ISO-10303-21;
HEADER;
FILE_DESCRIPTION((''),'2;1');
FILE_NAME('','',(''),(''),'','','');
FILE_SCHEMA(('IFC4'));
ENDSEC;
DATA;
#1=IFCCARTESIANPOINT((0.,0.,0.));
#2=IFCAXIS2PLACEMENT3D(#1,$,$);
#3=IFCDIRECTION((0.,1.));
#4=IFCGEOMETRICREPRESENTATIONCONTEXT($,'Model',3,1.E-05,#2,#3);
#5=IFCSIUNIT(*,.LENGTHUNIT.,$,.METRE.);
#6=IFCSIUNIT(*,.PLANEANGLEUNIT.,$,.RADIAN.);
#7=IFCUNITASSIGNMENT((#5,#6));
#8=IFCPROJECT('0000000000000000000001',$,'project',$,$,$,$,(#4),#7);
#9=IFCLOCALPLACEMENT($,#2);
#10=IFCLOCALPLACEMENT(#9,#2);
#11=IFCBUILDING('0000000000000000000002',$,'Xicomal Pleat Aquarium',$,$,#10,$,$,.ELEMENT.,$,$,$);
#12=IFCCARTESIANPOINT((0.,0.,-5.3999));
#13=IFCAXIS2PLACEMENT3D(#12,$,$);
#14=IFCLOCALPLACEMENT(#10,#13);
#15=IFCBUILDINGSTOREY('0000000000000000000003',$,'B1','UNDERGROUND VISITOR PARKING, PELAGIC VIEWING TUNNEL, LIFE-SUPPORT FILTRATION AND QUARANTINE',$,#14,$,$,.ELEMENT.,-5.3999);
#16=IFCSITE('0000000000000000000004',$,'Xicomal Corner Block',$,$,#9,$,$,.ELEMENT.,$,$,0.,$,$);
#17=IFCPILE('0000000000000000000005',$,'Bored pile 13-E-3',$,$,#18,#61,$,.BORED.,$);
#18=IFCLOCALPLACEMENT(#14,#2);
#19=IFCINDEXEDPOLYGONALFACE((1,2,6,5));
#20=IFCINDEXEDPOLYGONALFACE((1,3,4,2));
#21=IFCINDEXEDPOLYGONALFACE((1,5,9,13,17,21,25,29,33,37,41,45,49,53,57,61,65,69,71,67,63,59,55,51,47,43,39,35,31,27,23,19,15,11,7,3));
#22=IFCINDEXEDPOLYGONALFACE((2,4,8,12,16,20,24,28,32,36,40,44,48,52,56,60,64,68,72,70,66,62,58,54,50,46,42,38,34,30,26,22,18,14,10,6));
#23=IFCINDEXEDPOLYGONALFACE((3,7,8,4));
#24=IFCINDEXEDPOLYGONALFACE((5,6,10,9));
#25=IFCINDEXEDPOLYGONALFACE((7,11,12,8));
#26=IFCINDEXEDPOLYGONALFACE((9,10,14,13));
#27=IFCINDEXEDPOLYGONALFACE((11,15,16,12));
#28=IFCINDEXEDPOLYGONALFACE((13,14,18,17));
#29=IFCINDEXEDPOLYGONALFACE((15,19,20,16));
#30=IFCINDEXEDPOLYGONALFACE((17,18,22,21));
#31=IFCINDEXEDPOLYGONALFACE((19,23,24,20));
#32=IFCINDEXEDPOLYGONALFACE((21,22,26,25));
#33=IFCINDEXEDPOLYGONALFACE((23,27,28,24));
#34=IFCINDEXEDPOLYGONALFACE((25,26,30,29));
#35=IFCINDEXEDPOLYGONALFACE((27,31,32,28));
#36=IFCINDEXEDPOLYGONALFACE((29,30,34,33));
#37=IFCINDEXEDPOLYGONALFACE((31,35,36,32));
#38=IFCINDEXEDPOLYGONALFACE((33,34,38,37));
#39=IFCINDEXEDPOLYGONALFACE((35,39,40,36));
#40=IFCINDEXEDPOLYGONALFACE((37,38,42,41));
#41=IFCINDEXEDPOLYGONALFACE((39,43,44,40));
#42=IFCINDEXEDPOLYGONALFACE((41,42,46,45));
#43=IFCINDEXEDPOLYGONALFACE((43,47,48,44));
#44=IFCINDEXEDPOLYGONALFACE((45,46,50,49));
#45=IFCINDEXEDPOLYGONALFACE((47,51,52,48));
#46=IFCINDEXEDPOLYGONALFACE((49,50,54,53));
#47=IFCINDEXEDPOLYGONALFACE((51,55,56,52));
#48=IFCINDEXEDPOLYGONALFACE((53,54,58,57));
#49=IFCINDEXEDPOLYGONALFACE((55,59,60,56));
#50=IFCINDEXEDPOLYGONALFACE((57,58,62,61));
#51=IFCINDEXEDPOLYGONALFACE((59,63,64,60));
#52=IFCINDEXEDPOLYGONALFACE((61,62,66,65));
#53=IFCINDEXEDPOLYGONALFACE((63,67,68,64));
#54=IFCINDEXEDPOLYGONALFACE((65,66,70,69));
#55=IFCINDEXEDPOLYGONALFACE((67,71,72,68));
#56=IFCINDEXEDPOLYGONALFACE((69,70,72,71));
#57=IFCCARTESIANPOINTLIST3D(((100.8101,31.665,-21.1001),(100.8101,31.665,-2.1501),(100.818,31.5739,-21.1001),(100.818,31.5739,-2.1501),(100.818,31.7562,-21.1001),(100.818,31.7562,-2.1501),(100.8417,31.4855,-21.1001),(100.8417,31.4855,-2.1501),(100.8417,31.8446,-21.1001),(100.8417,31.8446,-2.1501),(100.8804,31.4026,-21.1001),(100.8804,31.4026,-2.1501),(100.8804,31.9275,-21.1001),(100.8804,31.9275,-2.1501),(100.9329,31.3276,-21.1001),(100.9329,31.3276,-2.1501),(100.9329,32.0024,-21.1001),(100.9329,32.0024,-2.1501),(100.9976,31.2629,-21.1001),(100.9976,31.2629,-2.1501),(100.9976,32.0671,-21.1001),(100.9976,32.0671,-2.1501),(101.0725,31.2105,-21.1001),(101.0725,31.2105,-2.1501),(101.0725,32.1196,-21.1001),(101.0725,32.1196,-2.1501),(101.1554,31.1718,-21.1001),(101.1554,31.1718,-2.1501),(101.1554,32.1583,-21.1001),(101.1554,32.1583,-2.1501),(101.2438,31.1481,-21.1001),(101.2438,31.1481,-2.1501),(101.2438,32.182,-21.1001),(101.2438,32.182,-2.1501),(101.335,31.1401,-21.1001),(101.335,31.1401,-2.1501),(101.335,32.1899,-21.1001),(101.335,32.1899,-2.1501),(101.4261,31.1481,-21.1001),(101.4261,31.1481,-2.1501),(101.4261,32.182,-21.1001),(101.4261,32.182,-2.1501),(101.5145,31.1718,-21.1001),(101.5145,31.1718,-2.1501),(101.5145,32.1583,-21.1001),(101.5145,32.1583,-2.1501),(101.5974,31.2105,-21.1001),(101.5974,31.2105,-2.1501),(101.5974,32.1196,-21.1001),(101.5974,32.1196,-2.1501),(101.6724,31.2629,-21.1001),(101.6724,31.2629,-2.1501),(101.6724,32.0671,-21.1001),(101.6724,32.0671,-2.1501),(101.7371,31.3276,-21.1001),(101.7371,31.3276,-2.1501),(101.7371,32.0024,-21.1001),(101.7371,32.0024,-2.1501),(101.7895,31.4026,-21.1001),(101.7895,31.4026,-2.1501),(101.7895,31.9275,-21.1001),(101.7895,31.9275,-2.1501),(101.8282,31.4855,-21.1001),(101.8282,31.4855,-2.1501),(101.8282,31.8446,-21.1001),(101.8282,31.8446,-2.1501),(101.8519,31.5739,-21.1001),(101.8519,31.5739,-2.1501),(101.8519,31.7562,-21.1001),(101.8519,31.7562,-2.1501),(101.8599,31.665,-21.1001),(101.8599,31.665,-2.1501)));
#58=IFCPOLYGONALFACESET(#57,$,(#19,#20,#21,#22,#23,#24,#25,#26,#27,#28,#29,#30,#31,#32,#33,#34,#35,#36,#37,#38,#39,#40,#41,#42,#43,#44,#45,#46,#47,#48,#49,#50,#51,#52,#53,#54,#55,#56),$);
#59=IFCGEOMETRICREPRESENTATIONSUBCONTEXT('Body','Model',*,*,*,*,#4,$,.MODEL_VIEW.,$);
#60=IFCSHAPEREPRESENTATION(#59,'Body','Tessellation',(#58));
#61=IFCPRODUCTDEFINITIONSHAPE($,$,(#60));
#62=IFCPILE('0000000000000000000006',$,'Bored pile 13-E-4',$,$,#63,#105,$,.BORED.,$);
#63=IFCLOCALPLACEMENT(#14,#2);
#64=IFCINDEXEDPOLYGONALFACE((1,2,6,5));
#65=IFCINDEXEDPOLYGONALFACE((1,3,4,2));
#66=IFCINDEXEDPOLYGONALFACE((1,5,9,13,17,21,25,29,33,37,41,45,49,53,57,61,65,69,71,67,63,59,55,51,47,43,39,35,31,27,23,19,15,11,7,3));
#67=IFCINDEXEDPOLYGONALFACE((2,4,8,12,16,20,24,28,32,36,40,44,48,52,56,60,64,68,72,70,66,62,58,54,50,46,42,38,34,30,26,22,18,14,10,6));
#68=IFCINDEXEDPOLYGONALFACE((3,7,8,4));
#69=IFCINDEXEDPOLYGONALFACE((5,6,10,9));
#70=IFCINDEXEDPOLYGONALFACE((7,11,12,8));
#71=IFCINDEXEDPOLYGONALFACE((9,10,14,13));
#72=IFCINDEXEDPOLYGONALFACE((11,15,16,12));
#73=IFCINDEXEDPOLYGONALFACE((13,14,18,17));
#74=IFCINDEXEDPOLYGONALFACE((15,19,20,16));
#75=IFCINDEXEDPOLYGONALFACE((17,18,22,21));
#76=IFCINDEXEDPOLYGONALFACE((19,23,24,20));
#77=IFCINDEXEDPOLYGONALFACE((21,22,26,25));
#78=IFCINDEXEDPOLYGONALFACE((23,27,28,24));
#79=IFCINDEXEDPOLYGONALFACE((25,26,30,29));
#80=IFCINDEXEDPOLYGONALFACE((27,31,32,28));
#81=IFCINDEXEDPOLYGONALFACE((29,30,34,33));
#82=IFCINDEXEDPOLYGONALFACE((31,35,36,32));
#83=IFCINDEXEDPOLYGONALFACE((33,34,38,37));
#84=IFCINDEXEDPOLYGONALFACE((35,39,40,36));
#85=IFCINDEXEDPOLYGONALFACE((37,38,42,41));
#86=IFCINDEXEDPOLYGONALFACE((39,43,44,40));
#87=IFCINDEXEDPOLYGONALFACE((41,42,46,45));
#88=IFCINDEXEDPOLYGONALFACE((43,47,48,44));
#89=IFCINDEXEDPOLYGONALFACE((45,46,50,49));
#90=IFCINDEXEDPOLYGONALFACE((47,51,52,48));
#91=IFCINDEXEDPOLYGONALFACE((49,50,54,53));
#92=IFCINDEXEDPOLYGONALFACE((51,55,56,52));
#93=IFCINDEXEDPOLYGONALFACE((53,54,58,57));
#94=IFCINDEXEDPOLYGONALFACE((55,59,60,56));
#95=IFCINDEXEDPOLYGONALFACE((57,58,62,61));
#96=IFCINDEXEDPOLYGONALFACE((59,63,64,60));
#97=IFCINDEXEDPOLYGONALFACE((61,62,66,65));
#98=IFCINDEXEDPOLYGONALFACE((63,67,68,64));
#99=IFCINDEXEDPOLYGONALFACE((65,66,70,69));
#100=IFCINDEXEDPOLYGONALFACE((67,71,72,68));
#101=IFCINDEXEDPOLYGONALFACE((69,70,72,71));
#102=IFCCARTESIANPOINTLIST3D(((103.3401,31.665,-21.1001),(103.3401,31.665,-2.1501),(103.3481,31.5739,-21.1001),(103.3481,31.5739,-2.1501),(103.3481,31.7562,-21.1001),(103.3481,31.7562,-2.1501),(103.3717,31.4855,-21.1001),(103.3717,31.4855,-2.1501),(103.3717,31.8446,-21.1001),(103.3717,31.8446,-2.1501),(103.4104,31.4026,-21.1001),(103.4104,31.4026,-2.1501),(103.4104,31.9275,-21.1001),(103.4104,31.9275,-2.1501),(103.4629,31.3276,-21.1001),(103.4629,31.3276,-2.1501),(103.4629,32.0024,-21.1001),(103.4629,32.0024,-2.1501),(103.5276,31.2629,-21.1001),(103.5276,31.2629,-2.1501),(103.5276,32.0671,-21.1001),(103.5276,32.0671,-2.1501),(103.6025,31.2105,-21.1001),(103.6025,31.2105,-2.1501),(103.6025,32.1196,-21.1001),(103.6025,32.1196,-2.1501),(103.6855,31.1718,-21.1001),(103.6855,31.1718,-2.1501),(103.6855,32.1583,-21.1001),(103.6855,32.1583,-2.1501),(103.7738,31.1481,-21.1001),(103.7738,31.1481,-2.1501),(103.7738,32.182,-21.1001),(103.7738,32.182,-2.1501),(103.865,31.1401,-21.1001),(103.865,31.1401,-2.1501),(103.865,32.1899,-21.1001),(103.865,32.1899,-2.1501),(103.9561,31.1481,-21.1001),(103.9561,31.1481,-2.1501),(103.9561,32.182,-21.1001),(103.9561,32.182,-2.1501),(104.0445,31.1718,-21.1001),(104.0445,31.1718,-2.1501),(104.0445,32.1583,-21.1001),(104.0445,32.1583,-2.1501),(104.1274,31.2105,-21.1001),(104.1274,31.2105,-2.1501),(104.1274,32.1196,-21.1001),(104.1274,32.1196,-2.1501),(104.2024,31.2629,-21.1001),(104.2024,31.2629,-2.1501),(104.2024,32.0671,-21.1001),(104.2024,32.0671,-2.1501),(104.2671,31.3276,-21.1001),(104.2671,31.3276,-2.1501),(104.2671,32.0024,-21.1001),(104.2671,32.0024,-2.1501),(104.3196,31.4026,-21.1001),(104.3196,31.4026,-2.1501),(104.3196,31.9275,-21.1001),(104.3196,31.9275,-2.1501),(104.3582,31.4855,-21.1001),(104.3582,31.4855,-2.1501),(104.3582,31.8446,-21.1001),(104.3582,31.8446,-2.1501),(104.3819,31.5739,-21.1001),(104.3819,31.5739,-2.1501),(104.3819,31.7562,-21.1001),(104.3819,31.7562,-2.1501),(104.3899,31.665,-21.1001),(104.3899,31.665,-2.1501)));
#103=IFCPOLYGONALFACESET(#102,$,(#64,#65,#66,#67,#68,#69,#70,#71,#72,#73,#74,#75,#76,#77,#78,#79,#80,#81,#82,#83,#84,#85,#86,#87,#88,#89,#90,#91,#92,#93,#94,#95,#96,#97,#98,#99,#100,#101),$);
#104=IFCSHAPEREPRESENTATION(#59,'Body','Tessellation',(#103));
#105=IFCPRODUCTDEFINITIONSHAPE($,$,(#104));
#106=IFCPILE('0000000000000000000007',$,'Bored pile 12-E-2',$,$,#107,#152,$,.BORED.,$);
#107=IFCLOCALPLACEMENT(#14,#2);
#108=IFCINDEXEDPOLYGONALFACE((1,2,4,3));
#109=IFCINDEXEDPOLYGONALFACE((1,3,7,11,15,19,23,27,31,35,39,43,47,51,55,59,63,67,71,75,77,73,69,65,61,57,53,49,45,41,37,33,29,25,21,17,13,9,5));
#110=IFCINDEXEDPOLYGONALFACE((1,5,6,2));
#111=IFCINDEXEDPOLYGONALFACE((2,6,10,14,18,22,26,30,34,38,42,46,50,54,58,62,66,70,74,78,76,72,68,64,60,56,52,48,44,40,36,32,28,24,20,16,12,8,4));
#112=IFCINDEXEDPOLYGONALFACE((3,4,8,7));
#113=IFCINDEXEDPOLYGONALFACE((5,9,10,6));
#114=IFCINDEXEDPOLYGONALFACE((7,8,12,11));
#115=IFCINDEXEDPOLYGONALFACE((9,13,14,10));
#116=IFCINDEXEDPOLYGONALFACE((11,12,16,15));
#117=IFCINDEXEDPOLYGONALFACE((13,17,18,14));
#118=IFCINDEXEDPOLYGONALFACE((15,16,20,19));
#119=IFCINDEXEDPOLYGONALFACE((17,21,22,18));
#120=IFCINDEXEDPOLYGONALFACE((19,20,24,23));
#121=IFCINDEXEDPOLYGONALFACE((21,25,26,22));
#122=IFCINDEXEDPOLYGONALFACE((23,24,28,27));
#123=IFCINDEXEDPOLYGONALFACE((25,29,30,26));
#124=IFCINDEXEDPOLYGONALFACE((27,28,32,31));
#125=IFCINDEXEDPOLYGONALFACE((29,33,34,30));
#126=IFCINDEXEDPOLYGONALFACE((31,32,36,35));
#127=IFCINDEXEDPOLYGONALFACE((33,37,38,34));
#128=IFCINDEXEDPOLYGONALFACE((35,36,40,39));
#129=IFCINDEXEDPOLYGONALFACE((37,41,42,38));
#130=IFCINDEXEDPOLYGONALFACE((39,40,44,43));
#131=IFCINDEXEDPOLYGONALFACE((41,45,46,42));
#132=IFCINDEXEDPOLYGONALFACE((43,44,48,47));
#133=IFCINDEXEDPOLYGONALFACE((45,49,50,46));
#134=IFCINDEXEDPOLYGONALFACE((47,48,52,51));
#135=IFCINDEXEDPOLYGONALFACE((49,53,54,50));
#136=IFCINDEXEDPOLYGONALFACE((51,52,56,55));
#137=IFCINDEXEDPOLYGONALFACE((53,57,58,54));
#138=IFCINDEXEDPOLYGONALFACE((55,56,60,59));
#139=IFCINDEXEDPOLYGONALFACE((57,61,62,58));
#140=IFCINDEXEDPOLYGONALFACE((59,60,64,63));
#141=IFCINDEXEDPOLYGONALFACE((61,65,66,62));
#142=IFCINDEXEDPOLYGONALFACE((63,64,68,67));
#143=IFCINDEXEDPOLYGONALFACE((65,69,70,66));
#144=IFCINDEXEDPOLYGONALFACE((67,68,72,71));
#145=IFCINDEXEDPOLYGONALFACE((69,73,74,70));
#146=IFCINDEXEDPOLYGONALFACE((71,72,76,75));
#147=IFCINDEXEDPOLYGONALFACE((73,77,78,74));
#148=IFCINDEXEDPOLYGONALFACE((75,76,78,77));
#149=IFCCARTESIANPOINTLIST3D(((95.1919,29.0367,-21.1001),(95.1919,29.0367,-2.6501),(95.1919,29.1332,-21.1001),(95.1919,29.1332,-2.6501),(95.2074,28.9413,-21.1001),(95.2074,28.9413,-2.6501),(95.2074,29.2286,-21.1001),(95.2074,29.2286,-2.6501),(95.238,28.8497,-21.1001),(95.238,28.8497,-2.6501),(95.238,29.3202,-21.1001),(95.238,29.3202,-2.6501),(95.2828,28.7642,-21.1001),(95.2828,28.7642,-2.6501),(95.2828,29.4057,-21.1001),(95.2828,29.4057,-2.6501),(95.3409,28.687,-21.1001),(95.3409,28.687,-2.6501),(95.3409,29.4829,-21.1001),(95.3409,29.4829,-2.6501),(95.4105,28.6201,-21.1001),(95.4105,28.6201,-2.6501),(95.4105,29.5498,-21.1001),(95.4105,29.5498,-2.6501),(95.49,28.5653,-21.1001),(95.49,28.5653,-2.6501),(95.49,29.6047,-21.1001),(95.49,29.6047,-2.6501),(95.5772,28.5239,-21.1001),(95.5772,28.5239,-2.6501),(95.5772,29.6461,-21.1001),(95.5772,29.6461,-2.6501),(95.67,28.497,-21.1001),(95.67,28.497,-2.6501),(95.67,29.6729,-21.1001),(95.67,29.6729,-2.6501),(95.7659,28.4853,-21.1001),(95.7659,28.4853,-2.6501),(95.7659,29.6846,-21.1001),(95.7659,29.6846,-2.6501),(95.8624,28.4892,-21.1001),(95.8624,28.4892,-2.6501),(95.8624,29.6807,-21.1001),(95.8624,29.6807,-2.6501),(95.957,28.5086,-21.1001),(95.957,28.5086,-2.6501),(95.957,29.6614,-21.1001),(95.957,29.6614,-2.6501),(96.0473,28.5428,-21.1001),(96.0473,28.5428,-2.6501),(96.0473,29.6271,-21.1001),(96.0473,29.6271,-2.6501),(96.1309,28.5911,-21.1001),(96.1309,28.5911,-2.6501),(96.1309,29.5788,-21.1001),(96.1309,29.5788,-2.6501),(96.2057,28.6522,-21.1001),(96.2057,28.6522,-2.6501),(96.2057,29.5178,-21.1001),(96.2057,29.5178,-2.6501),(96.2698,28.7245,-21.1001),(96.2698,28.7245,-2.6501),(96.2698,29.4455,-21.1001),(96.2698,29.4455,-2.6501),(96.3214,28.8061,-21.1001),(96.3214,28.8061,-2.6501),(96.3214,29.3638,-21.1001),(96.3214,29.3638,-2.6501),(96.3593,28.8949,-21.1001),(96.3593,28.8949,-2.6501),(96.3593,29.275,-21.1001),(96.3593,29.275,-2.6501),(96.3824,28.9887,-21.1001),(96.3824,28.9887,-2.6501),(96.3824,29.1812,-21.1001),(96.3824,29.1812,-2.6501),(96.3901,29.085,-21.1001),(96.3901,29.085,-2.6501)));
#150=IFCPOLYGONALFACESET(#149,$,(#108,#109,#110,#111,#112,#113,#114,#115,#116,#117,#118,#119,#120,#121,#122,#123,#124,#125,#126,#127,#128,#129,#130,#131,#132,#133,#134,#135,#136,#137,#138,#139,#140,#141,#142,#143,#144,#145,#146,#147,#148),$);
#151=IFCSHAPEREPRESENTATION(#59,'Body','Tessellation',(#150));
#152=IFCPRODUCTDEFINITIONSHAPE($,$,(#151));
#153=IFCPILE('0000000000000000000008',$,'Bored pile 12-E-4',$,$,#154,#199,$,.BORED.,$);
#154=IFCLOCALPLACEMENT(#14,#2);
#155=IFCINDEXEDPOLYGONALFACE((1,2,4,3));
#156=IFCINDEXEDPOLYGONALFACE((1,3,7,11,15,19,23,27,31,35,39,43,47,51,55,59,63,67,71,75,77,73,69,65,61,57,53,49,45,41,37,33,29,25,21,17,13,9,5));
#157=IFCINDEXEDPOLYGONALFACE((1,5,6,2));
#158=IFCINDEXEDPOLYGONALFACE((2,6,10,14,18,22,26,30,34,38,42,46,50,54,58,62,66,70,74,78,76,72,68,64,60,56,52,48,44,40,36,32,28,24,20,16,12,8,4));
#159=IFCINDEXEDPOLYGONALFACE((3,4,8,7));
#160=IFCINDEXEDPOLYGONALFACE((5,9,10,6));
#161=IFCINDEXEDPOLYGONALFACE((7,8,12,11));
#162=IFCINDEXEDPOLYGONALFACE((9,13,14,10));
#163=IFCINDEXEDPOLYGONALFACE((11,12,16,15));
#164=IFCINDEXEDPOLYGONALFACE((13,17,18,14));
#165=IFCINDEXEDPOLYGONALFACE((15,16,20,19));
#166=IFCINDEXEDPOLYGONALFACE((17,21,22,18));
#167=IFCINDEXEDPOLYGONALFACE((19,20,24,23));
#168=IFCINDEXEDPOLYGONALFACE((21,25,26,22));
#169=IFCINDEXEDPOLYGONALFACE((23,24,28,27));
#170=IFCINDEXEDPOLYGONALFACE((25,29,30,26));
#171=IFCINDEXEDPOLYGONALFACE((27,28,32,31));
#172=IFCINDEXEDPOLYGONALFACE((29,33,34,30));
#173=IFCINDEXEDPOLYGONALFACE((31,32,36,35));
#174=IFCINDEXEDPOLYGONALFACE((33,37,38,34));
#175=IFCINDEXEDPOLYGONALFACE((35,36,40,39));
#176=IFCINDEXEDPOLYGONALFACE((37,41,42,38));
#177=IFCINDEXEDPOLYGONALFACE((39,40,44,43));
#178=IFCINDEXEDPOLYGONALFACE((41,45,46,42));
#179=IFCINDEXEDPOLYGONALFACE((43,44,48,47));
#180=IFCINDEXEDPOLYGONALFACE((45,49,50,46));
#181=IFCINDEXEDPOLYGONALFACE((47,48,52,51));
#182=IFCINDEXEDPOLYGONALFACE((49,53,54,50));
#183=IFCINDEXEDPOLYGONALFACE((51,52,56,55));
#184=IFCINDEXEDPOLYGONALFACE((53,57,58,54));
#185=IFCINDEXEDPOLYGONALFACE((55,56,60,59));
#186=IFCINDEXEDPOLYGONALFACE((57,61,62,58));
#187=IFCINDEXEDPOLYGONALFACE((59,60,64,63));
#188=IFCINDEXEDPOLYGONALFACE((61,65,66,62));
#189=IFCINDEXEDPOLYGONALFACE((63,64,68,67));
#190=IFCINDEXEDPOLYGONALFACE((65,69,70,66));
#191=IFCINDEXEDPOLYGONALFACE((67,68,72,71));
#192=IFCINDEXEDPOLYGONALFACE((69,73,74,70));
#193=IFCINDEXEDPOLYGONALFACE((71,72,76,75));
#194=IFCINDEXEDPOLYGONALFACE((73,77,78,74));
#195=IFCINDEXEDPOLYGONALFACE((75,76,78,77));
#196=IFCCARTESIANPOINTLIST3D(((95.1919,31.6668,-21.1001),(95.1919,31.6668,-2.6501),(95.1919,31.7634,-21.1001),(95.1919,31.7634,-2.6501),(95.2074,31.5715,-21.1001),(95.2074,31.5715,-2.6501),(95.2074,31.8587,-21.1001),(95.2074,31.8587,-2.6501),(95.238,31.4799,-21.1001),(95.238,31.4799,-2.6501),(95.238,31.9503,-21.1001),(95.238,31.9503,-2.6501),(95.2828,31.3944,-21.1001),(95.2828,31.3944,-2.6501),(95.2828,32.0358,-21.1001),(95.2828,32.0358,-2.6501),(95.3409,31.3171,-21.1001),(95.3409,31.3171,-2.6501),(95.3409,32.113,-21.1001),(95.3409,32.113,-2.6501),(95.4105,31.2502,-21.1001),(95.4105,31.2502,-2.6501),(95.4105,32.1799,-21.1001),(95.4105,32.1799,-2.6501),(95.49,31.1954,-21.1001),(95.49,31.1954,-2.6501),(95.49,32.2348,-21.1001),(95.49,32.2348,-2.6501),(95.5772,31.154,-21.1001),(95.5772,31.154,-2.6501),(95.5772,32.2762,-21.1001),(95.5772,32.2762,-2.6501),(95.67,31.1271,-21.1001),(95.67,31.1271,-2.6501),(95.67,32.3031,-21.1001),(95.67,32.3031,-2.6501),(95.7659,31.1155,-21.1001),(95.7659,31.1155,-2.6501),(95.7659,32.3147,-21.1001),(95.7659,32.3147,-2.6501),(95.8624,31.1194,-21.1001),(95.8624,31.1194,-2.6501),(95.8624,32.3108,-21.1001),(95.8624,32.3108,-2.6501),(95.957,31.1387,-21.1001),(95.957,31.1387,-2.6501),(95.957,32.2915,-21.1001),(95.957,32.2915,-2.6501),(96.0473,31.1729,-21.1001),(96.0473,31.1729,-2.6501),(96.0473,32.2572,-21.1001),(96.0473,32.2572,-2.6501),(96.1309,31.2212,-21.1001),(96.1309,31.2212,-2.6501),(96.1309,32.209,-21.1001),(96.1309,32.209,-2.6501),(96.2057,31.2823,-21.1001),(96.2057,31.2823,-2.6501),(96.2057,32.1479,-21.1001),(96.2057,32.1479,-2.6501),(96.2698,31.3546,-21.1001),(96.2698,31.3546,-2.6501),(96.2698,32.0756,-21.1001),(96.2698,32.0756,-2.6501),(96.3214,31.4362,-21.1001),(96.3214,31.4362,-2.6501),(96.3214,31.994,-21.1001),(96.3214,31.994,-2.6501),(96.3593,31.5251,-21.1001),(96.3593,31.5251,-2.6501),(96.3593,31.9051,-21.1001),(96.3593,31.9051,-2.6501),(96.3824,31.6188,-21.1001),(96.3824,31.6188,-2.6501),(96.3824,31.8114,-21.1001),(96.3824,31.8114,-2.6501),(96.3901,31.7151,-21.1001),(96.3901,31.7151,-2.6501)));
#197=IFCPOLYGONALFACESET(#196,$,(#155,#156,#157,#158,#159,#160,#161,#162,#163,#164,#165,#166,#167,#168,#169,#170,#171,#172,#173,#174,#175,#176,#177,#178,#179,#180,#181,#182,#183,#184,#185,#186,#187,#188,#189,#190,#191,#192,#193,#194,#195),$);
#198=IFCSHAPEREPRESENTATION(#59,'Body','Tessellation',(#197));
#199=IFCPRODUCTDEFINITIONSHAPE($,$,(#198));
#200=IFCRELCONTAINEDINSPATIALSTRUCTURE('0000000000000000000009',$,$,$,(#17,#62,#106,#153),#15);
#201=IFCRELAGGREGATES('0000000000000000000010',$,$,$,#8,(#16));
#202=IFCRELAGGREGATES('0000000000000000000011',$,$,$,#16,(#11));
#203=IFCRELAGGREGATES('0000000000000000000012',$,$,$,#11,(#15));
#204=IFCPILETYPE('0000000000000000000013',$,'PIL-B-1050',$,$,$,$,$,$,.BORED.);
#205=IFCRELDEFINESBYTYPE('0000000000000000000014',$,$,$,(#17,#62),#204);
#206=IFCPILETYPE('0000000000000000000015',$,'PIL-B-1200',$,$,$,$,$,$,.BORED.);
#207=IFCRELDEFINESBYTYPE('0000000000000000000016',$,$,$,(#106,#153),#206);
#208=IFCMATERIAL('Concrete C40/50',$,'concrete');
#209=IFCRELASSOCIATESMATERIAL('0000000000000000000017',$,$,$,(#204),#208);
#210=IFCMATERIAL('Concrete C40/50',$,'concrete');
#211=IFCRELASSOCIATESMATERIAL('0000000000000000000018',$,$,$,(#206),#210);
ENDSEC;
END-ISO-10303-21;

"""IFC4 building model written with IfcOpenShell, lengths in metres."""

from ifc_helpers import new_model, si_unit, direction, frame, origin, origin_2d, place, context, subcontext, project, spatial, circle, extrude, material, material_profile, profile_set, type_object, element, save


model = new_model("IFC4")

# Units and contexts
model_context = context("Model", 3, precision=1e-05, world=origin(), true_north=direction((0.0, 1.0)))
body_context = subcontext(model_context, "Body", "Model", "MODEL_VIEW")
ifc_project = project(units=[si_unit("LENGTHUNIT", "METRE"), si_unit("PLANEANGLEUNIT", "RADIAN")], contexts=[model_context])

# Site, building, storey
site_placement = place(None, origin())
site = spatial("IfcSite", under=ifc_project, at=site_placement, Name="Xicomal Corner Block", CompositionType="ELEMENT", RefElevation=0.0)
building_placement = place(site_placement, origin())
building = spatial("IfcBuilding", under=site, at=building_placement, Name="Xicomal Pleat Aquarium", CompositionType="ELEMENT")
storey_placement = place(building_placement, frame((0.0, 0.0, -5.3999)))
storey = spatial("IfcBuildingStorey", under=building, at=storey_placement, Name="B1", Description="UNDERGROUND VISITOR PARKING, PELAGIC VIEWING TUNNEL, LIFE-SUPPORT FILTRATION AND QUARANTINE", CompositionType="ELEMENT", Elevation=-5.3999)

# Piles
ifc_material_1 = material(Name="Concrete C40/50", Category="concrete")
ifc_material_profile_1 = material_profile(ifc_material_1, circle(Radius=0.5249, at=origin_2d()), Name="BORED PILE D1050")
ifc_profile_set_1 = profile_set([ifc_material_profile_1], Name="Concrete C40/50")
pile_type_1 = type_object("IfcPileType", Name="PIL-B-1050", PredefinedType="BORED", material=ifc_profile_set_1)
for number, where, z_axis, x_axis, name in (
    (1, (101.335, 31.665, -2.1501), (0.0, 0.0, -1.0), (1.0, 0.0, 0.0), "Bored pile 13-E-3"),
    (2, (103.865, 31.665, -2.1501), (0.0, 0.0, -1.0), (1.0, 0.0, 0.0), "Bored pile 13-E-4"),
):
    element("IfcPile", number, at=place(storey_placement, frame(where, z_axis=z_axis, x_axis=x_axis)), inside=storey, type_object=pile_type_1, Name=name, PredefinedType="BORED", context=body_context, shape_type="SweptSolid", body=[
        extrude(circle(Radius=0.5249, at=origin_2d()), origin(), (0.0, 0.0, 1.0), 18.95),
    ])
ifc_material_2 = material(Name="Concrete C40/50", Category="concrete")
ifc_material_profile_2 = material_profile(ifc_material_2, circle(Radius=0.6001, at=origin_2d()), Name="BORED PILE D1200")
ifc_profile_set_2 = profile_set([ifc_material_profile_2], Name="Concrete C40/50")
pile_type_2 = type_object("IfcPileType", Name="PIL-B-1200", PredefinedType="BORED", material=ifc_profile_set_2)
for number, where, z_axis, x_axis, name in (
    (3, (95.79, 29.085, -2.6501), (0.0, 0.0, -1.0), (1.0, 0.0, 0.0), "Bored pile 12-E-2"),
    (4, (95.79, 31.7151, -2.6501), (0.0, 0.0, -1.0), (1.0, 0.0, 0.0), "Bored pile 12-E-4"),
):
    element("IfcPile", number, at=place(storey_placement, frame(where, z_axis=z_axis, x_axis=x_axis)), inside=storey, type_object=pile_type_2, Name=name, PredefinedType="BORED", context=body_context, shape_type="SweptSolid", body=[
        extrude(circle(Radius=0.6001, at=origin_2d()), origin(), (0.0, 0.0, 1.0), 18.45),
    ])

save(model, "model.ifc")
